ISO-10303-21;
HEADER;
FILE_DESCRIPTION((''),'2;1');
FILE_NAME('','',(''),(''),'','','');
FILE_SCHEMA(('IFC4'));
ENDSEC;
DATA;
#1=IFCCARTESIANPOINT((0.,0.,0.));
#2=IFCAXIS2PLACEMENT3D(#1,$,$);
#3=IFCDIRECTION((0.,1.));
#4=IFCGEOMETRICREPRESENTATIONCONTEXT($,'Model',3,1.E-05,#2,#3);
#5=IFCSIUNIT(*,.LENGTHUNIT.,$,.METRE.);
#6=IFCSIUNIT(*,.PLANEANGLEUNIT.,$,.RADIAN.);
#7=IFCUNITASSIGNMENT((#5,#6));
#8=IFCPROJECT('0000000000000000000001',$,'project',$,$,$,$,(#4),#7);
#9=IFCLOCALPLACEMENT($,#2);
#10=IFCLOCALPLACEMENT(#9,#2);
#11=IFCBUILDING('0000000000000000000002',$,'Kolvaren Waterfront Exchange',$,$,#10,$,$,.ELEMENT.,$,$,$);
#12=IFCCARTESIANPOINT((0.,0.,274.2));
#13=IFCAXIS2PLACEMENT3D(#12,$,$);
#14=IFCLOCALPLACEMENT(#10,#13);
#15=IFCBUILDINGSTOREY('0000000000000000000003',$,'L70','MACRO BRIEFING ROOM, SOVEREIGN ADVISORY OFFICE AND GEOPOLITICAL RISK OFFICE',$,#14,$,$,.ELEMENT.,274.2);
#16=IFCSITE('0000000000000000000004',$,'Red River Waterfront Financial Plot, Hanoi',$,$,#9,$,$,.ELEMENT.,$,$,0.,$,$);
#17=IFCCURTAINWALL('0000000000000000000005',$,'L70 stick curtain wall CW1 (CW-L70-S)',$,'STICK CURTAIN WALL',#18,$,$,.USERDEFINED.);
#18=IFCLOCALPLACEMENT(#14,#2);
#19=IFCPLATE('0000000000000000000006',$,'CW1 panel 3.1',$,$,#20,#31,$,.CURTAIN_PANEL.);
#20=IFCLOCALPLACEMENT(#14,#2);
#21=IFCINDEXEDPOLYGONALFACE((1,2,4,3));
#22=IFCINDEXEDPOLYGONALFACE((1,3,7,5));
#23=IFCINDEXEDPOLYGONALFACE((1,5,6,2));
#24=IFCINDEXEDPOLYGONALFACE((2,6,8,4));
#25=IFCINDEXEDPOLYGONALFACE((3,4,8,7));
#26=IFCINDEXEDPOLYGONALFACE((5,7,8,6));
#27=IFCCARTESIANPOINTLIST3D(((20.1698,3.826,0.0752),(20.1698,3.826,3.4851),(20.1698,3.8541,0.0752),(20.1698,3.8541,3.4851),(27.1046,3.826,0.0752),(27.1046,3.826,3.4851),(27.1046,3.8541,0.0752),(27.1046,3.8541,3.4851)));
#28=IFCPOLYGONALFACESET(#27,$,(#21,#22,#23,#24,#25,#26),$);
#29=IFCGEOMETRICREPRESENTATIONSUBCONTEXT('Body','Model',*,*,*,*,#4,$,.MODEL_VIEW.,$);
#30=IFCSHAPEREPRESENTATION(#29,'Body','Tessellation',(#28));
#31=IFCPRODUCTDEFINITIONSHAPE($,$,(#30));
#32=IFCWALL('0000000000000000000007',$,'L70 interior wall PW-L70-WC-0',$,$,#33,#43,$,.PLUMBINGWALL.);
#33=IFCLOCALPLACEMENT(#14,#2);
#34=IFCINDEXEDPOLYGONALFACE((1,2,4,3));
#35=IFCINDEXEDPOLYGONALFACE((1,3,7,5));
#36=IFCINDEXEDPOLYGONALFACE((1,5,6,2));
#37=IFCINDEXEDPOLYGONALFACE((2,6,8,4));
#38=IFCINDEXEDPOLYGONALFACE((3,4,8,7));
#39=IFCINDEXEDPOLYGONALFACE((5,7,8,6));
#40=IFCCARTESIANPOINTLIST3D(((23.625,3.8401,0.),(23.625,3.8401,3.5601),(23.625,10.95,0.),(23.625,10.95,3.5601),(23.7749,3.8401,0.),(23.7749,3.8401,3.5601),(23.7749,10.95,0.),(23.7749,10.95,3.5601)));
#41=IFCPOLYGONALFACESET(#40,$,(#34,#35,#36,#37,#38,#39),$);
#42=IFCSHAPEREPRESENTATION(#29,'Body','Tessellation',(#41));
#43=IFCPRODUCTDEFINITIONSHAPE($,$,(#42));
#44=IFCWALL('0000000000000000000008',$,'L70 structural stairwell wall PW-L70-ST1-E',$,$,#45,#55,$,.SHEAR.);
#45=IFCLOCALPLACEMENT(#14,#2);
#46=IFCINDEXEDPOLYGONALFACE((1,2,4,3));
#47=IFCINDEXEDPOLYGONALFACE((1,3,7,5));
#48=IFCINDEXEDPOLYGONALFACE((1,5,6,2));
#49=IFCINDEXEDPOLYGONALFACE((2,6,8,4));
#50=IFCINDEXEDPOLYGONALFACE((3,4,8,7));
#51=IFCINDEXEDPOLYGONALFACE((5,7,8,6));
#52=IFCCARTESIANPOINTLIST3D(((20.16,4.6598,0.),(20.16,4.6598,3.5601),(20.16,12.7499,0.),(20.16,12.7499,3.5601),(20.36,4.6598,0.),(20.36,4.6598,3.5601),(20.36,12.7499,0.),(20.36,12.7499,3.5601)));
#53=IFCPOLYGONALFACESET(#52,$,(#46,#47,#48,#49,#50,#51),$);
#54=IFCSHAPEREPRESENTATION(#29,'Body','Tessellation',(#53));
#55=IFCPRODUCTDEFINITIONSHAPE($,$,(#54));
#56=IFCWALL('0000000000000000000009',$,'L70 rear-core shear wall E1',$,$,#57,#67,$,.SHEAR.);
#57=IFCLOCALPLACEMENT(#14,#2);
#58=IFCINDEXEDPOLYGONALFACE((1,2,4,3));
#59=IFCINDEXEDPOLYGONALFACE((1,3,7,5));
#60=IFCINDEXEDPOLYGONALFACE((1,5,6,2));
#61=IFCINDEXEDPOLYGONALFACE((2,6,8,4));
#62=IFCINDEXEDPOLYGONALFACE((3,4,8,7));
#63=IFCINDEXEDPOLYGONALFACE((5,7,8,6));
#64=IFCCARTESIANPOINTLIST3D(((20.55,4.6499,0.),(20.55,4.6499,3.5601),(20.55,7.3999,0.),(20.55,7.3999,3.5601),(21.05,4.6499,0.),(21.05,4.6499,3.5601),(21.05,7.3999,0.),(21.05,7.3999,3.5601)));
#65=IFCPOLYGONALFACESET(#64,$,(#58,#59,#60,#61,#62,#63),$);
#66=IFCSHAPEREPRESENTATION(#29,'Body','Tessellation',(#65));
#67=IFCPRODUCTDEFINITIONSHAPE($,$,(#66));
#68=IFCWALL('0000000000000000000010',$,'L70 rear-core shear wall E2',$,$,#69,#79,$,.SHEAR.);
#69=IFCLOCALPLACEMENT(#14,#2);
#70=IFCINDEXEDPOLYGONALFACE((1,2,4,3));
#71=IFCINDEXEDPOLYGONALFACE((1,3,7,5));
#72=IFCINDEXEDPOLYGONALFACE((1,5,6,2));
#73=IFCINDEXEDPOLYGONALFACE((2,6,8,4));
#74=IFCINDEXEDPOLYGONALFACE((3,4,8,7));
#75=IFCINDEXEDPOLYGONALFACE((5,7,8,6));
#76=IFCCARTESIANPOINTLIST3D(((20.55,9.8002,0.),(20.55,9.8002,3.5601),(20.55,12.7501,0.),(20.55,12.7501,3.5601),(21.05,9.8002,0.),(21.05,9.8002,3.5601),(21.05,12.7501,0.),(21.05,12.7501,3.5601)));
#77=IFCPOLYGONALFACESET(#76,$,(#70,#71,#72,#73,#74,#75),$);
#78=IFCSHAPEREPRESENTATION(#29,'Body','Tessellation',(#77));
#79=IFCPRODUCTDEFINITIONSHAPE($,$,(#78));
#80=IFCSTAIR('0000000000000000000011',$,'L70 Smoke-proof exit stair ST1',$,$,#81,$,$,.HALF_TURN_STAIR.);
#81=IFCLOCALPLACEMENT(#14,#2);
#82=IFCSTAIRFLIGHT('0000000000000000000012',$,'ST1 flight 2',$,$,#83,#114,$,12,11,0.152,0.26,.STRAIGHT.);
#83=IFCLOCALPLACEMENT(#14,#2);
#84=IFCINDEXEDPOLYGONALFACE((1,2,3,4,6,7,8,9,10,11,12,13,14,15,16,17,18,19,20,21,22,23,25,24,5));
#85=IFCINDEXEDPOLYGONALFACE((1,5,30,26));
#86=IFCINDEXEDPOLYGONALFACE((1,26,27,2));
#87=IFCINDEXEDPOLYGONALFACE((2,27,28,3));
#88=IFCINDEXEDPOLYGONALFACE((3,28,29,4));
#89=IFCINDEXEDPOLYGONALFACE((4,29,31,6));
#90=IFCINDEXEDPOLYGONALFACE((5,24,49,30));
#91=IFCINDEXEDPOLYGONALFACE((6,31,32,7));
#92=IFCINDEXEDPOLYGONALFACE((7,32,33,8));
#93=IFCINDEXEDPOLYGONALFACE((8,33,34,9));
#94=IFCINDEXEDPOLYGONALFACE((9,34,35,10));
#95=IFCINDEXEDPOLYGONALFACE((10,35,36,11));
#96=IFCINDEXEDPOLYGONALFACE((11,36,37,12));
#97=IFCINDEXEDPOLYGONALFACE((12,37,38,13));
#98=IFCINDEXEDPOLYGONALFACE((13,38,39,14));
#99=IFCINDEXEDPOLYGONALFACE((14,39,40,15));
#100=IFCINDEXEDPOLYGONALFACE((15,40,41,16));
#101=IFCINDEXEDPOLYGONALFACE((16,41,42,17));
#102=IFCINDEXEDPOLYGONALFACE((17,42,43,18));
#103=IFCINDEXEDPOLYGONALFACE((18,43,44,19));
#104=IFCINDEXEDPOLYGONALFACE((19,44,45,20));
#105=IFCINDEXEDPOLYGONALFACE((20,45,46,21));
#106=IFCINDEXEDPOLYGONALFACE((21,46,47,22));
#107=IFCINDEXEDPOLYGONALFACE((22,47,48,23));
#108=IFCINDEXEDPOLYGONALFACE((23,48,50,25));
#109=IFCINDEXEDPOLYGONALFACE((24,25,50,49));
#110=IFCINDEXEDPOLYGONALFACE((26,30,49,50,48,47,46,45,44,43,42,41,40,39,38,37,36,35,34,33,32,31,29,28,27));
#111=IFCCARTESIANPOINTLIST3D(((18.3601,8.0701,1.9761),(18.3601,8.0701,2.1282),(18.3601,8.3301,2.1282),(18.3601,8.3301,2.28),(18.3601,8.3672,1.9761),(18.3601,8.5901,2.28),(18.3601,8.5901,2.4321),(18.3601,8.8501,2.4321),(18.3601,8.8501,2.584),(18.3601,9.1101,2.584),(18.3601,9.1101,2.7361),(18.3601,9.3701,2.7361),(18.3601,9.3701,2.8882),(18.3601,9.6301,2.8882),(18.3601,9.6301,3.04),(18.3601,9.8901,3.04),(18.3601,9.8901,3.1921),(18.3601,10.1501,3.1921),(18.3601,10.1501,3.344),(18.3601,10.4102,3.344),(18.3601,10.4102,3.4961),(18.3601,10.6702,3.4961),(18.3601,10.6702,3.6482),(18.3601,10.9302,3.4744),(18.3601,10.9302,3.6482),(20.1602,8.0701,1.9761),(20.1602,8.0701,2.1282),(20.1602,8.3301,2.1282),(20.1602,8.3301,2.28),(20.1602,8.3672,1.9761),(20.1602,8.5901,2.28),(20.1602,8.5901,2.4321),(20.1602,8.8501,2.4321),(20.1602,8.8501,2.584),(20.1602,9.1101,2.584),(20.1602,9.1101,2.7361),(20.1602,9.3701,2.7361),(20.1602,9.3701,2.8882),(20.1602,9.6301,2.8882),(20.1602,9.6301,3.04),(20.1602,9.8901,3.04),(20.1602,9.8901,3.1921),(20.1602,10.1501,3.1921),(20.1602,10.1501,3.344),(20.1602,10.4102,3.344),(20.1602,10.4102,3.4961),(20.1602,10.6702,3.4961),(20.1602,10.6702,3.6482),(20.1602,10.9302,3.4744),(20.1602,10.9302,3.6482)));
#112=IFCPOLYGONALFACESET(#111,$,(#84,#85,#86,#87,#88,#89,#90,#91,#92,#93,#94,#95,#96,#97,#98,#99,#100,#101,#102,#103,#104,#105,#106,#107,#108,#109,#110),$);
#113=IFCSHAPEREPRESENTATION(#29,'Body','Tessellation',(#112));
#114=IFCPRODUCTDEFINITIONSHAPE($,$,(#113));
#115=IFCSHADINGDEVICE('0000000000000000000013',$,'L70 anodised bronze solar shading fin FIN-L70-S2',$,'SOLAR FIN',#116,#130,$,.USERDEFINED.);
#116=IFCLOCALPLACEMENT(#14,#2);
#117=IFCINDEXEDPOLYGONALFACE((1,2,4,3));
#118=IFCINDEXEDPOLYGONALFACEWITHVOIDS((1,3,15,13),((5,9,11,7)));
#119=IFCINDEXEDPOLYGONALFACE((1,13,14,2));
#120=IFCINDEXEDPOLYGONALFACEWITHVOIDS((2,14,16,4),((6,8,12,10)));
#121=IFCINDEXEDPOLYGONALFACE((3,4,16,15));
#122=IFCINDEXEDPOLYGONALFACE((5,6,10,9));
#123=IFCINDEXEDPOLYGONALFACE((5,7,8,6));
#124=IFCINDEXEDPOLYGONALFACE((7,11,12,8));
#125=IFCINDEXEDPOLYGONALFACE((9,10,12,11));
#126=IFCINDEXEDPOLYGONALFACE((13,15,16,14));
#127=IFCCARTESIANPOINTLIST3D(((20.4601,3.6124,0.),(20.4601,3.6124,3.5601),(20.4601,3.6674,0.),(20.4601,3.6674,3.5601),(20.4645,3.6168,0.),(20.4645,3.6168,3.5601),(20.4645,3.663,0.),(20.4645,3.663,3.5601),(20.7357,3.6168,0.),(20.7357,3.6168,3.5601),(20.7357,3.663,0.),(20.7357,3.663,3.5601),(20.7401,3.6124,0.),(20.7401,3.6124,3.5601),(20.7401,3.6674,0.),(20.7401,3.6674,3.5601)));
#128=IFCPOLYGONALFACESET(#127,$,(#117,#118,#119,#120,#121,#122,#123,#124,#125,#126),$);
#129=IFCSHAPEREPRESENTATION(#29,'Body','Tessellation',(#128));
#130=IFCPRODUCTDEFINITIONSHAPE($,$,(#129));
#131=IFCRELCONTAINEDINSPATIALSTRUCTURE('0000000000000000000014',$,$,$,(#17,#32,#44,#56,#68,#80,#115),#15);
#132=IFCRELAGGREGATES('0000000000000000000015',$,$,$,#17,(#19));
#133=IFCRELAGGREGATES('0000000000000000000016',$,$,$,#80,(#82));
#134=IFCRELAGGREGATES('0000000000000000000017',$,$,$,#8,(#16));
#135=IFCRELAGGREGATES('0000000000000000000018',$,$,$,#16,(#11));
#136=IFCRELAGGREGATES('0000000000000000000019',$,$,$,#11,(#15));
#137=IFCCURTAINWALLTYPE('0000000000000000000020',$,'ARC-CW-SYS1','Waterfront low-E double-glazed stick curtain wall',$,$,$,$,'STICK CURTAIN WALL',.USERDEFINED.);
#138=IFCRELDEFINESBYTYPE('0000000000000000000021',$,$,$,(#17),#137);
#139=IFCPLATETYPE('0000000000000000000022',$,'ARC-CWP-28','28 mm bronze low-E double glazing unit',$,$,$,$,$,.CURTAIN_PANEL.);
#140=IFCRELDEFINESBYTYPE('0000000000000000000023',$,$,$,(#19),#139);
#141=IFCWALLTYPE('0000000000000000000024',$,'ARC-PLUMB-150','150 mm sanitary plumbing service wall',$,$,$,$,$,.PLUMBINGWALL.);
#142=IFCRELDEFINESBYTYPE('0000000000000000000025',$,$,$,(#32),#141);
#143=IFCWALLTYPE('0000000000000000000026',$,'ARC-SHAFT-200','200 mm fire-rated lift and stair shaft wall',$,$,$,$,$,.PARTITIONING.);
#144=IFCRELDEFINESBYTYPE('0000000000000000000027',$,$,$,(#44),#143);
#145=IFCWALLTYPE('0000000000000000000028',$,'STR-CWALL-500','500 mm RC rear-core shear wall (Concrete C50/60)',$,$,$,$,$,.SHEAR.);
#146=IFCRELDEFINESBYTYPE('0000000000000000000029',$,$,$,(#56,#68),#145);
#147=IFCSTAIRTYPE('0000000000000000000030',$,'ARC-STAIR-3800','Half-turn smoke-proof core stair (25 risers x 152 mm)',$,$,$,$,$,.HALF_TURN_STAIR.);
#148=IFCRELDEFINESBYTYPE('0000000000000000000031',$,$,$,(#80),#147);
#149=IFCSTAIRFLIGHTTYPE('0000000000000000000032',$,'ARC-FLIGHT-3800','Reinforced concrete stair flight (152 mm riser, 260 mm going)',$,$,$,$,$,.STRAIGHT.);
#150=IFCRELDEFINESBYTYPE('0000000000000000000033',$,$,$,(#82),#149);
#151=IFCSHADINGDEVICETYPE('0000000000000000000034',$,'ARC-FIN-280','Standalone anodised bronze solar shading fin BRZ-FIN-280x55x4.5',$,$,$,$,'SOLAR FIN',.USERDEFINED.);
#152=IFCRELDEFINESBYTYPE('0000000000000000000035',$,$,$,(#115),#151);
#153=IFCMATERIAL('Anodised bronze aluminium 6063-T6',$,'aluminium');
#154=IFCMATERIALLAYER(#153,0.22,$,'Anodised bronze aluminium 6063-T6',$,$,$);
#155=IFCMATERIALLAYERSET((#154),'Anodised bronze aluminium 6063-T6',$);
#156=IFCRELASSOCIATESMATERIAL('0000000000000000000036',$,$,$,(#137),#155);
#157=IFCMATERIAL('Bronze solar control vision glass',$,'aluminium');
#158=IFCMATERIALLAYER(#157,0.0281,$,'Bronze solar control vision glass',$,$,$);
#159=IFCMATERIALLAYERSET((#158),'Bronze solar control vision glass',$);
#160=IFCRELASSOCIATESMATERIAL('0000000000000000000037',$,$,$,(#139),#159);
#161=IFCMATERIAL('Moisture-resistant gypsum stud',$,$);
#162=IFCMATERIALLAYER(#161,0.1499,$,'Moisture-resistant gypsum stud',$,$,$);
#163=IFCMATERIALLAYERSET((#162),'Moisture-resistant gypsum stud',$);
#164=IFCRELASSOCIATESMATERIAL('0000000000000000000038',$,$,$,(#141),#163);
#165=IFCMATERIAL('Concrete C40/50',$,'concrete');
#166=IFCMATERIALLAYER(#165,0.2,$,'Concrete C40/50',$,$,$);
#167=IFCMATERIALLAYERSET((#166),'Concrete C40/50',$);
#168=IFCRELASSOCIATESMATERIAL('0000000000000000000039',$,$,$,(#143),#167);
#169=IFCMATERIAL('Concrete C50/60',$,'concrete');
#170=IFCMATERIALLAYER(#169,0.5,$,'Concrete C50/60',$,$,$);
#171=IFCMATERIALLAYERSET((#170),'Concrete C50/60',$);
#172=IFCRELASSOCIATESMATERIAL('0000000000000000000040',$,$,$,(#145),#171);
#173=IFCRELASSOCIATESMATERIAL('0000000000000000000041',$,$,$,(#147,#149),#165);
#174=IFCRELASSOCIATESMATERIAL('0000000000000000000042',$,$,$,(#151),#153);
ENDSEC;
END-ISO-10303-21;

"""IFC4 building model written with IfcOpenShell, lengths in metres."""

from ifc_helpers import new_model, si_unit, direction, frame, frame_2d, origin, origin_with_axes, origin_2d, place, context, subcontext, project, spatial, polyline, rectangle, hollow_rectangle, outline, extrude, source, transform, mapped, material, layer, layer_set, material_profile, profile_set, type_object, element, aggregate, save


model = new_model("IFC4")

# Units and contexts
model_context = context("Model", 3, precision=1e-05, world=origin(), true_north=direction((0.0, 1.0)))
body_context = subcontext(model_context, "Body", "Model", "MODEL_VIEW")
ifc_project = project(units=[si_unit("LENGTHUNIT", "METRE"), si_unit("PLANEANGLEUNIT", "RADIAN")], contexts=[model_context])

# Site, building, storey
site_placement = place(None, origin())
site = spatial("IfcSite", under=ifc_project, at=site_placement, Name="Red River Waterfront Financial Plot, Hanoi", CompositionType="ELEMENT", RefElevation=0.0)
building_placement = place(site_placement, origin())
building = spatial("IfcBuilding", under=site, at=building_placement, Name="Kolvaren Waterfront Exchange", CompositionType="ELEMENT")
storey_placement = place(building_placement, frame((0.0, 0.0, 274.2)))
storey = spatial("IfcBuildingStorey", under=building, at=storey_placement, Name="L70", Description="MACRO BRIEFING ROOM, SOVEREIGN ADVISORY OFFICE AND GEOPOLITICAL RISK OFFICE", CompositionType="ELEMENT", Elevation=274.2)

# Shared definitions
ifc_material_1 = material(Name="Concrete C50/60", Category="concrete")

# Curtain wall, plate
ifc_material_2 = material(Name="Anodised bronze aluminium 6063-T6", Category="aluminium")
ifc_layer_1 = layer(ifc_material_2, 0.22, Name="Anodised bronze aluminium 6063-T6")
ifc_layer_set_1 = layer_set([ifc_layer_1], Name="Anodised bronze aluminium 6063-T6")
curtain_wall_type = type_object("IfcCurtainWallType", Name="ARC-CW-SYS1", Description="Waterfront low-E double-glazed stick curtain wall", ElementType="STICK CURTAIN WALL", PredefinedType="USERDEFINED", material=ifc_layer_set_1)
curtain_wall_placement = place(storey_placement, origin())
curtain_wall = element("IfcCurtainWall", 1, at=curtain_wall_placement, inside=storey, type_object=curtain_wall_type, Name="L70 stick curtain wall CW1 (CW-L70-S)", ObjectType="STICK CURTAIN WALL", PredefinedType="USERDEFINED")
ifc_material_3 = material(Name="Bronze solar control vision glass", Category="aluminium")
ifc_layer_2 = layer(ifc_material_3, 0.0281, Name="Bronze solar control vision glass")
ifc_layer_set_2 = layer_set([ifc_layer_2], Name="Bronze solar control vision glass")
plate_type = type_object("IfcPlateType", Name="ARC-CWP-28", Description="28 mm bronze low-E double glazing unit", PredefinedType="CURTAIN_PANEL", material=ifc_layer_set_2)
shared_shape_1 = source(origin_with_axes(), body_context, "Body", "SweptSolid", [
    extrude(rectangle(XDim=6.9348, YDim=0.0281, at=origin_2d()), origin(), (0.0, 0.0, 1.0), 3.4099),
])
plate_placement = place(storey_placement, frame((23.6372, 3.8401, 0.0752), z_axis=(0.0, 0.0, 1.0), x_axis=(1.0, 0.0, 0.0)))
plate = element("IfcPlate", 2, at=plate_placement, type_object=plate_type, Name="CW1 panel 3.1", PredefinedType="CURTAIN_PANEL", context=body_context, shape_type="MappedRepresentation", body=[
    mapped(shared_shape_1, transform((0.0, 0.0, 0.0), x_axis=(1.0, 0.0, 0.0), y_axis=(0.0, 1.0, 0.0), z_axis=(0.0, 0.0, 1.0), scale=1.0)),
])
aggregate(curtain_wall, [plate])

# Walls
ifc_material_4 = material(Name="Moisture-resistant gypsum stud")
ifc_layer_3 = layer(ifc_material_4, 0.1499, Name="Moisture-resistant gypsum stud")
ifc_layer_set_3 = layer_set([ifc_layer_3], Name="Moisture-resistant gypsum stud")
wall_type_1 = type_object("IfcWallType", Name="ARC-PLUMB-150", Description="150 mm sanitary plumbing service wall", PredefinedType="PLUMBINGWALL", material=ifc_layer_set_3)
wall_1_placement = place(storey_placement, frame((23.7, 3.8401, 0.0), z_axis=(0.0, 0.0, 1.0), x_axis=(0.0, 1.0, 0.0)))
element("IfcWall", 3, at=wall_1_placement, inside=storey, type_object=wall_type_1, Name="L70 interior wall PW-L70-WC-0", PredefinedType="PLUMBINGWALL", context=body_context, shape_type="SweptSolid", body=[
    extrude(rectangle(XDim=7.1099, YDim=0.1499, at=frame_2d((3.5549, 0.0))), origin(), (0.0, 0.0, 1.0), 3.5601),
])
ifc_material_5 = material(Name="Concrete C40/50", Category="concrete")
ifc_layer_4 = layer(ifc_material_5, 0.2, Name="Concrete C40/50")
ifc_layer_set_4 = layer_set([ifc_layer_4], Name="Concrete C40/50")
wall_type_2 = type_object("IfcWallType", Name="ARC-SHAFT-200", Description="200 mm fire-rated lift and stair shaft wall", PredefinedType="PARTITIONING", material=ifc_layer_set_4)
wall_2_placement = place(storey_placement, frame((20.26, 4.6599, 0.0), z_axis=(0.0, 0.0, 1.0), x_axis=(0.0, 1.0, 0.0)))
element("IfcWall", 4, at=wall_2_placement, inside=storey, type_object=wall_type_2, Name="L70 structural stairwell wall PW-L70-ST1-E", PredefinedType="SHEAR", context=body_context, shape_type="SweptSolid", body=[
    extrude(rectangle(XDim=8.0901, YDim=0.2, at=frame_2d((4.0449, 0.0))), origin(), (0.0, 0.0, 1.0), 3.5601),
])
ifc_layer_5 = layer(ifc_material_1, 0.5, Name="Concrete C50/60")
ifc_layer_set_5 = layer_set([ifc_layer_5], Name="Concrete C50/60")
wall_type_3 = type_object("IfcWallType", Name="STR-CWALL-500", Description="500 mm RC rear-core shear wall (Concrete C50/60)", PredefinedType="SHEAR", material=ifc_layer_set_5)
wall_3_placement = place(storey_placement, frame((20.8, 4.6499, 0.0), z_axis=(0.0, 0.0, 1.0), x_axis=(0.0, 1.0, 0.0)))
element("IfcWall", 5, at=wall_3_placement, inside=storey, type_object=wall_type_3, Name="L70 rear-core shear wall E1", PredefinedType="SHEAR", context=body_context, shape_type="SweptSolid", body=[
    extrude(rectangle(XDim=2.75, YDim=0.5, at=frame_2d((1.375, 0.0))), origin(), (0.0, 0.0, 1.0), 3.5601),
])
wall_4_placement = place(storey_placement, frame((20.8, 9.8, 0.0), z_axis=(0.0, 0.0, 1.0), x_axis=(0.0, 1.0, 0.0)))
element("IfcWall", 6, at=wall_4_placement, inside=storey, type_object=wall_type_3, Name="L70 rear-core shear wall E2", PredefinedType="SHEAR", context=body_context, shape_type="SweptSolid", body=[
    extrude(rectangle(XDim=2.95, YDim=0.5, at=frame_2d((1.4751, 0.0))), origin(), (0.0, 0.0, 1.0), 3.5601),
])

# Stair, stair flight
stair_type = type_object("IfcStairType", Name="ARC-STAIR-3800", Description="Half-turn smoke-proof core stair (25 risers x 152 mm)", PredefinedType="HALF_TURN_STAIR", material=ifc_material_5)
stair_placement = place(storey_placement, origin())
stair = element("IfcStair", 7, at=stair_placement, inside=storey, type_object=stair_type, Name="L70 Smoke-proof exit stair ST1", PredefinedType="HALF_TURN_STAIR")
stair_flight_type = type_object("IfcStairFlightType", Name="ARC-FLIGHT-3800", Description="Reinforced concrete stair flight (152 mm riser, 260 mm going)", PredefinedType="STRAIGHT", material=ifc_material_5)
stair_flight_placement = place(storey_placement, frame((19.26, 8.0701, 1.9761), z_axis=(0.0, 0.0, 1.0), x_axis=(0.0, 1.0, 0.0)))
stair_flight = element("IfcStairFlight", 8, at=stair_flight_placement, type_object=stair_flight_type, Name="ST1 flight 2", NumberOfRisers=12, NumberOfTreads=11, PredefinedType="STRAIGHT", RiserHeight=0.152, TreadLength=0.26, context=body_context, shape_type="SweptSolid", body=[
    extrude(outline(polyline([(0.0, 0.0), (0.0, 0.1521), (0.26, 0.1521), (0.26, 0.304), (0.52, 0.304), (0.52, 0.4561), (0.78, 0.4561), (0.78, 0.6079), (1.04, 0.6079), (1.04, 0.76), (1.3, 0.76), (1.3, 0.9121), (1.5601, 0.9121), (1.5601, 1.064), (1.8201, 1.064), (1.8201, 1.2161), (2.0801, 1.2161), (2.0801, 1.3679), (2.3401, 1.3679), (2.3401, 1.52), (2.6001, 1.52), (2.6001, 1.6721), (2.8601, 1.6721), (2.8601, 1.824), (2.8601, 1.4983), (0.2971, 0.0), (0.0, 0.0)])), frame((0.0, 0.8999, 0.0), z_axis=(0.0, -1.0, 0.0), x_axis=(1.0, 0.0, 0.0)), (0.0, 0.0, 1.0), 1.8),
])
aggregate(stair, [stair_flight])

# Shading device
ifc_material_profile_1 = material_profile(ifc_material_2, hollow_rectangle(XDim=0.0549, YDim=0.28, WallThickness=0.0044, at=origin_2d()), Name="BRZ-FIN-280x55x4.5")
ifc_profile_set_1 = profile_set([ifc_material_profile_1], Name="Anodised bronze aluminium 6063-T6")
shading_device_type = type_object("IfcShadingDeviceType", Name="ARC-FIN-280", Description="Standalone anodised bronze solar shading fin BRZ-FIN-280x55x4.5", ElementType="SOLAR FIN", PredefinedType="USERDEFINED", material=ifc_profile_set_1)
shading_device_placement = place(storey_placement, frame((20.6001, 3.6399, 0.0), z_axis=(0.0, 0.0, 1.0), x_axis=(0.0, -1.0, 0.0)))
element("IfcShadingDevice", 9, at=shading_device_placement, inside=storey, type_object=shading_device_type, Name="L70 anodised bronze solar shading fin FIN-L70-S2", ObjectType="SOLAR FIN", PredefinedType="USERDEFINED", context=body_context, shape_type="SweptSolid", body=[
    extrude(hollow_rectangle(XDim=0.0549, YDim=0.28, WallThickness=0.0044, at=origin_2d()), origin(), (0.0, 0.0, 1.0), 3.5601),
])

save(model, "model.ifc")
